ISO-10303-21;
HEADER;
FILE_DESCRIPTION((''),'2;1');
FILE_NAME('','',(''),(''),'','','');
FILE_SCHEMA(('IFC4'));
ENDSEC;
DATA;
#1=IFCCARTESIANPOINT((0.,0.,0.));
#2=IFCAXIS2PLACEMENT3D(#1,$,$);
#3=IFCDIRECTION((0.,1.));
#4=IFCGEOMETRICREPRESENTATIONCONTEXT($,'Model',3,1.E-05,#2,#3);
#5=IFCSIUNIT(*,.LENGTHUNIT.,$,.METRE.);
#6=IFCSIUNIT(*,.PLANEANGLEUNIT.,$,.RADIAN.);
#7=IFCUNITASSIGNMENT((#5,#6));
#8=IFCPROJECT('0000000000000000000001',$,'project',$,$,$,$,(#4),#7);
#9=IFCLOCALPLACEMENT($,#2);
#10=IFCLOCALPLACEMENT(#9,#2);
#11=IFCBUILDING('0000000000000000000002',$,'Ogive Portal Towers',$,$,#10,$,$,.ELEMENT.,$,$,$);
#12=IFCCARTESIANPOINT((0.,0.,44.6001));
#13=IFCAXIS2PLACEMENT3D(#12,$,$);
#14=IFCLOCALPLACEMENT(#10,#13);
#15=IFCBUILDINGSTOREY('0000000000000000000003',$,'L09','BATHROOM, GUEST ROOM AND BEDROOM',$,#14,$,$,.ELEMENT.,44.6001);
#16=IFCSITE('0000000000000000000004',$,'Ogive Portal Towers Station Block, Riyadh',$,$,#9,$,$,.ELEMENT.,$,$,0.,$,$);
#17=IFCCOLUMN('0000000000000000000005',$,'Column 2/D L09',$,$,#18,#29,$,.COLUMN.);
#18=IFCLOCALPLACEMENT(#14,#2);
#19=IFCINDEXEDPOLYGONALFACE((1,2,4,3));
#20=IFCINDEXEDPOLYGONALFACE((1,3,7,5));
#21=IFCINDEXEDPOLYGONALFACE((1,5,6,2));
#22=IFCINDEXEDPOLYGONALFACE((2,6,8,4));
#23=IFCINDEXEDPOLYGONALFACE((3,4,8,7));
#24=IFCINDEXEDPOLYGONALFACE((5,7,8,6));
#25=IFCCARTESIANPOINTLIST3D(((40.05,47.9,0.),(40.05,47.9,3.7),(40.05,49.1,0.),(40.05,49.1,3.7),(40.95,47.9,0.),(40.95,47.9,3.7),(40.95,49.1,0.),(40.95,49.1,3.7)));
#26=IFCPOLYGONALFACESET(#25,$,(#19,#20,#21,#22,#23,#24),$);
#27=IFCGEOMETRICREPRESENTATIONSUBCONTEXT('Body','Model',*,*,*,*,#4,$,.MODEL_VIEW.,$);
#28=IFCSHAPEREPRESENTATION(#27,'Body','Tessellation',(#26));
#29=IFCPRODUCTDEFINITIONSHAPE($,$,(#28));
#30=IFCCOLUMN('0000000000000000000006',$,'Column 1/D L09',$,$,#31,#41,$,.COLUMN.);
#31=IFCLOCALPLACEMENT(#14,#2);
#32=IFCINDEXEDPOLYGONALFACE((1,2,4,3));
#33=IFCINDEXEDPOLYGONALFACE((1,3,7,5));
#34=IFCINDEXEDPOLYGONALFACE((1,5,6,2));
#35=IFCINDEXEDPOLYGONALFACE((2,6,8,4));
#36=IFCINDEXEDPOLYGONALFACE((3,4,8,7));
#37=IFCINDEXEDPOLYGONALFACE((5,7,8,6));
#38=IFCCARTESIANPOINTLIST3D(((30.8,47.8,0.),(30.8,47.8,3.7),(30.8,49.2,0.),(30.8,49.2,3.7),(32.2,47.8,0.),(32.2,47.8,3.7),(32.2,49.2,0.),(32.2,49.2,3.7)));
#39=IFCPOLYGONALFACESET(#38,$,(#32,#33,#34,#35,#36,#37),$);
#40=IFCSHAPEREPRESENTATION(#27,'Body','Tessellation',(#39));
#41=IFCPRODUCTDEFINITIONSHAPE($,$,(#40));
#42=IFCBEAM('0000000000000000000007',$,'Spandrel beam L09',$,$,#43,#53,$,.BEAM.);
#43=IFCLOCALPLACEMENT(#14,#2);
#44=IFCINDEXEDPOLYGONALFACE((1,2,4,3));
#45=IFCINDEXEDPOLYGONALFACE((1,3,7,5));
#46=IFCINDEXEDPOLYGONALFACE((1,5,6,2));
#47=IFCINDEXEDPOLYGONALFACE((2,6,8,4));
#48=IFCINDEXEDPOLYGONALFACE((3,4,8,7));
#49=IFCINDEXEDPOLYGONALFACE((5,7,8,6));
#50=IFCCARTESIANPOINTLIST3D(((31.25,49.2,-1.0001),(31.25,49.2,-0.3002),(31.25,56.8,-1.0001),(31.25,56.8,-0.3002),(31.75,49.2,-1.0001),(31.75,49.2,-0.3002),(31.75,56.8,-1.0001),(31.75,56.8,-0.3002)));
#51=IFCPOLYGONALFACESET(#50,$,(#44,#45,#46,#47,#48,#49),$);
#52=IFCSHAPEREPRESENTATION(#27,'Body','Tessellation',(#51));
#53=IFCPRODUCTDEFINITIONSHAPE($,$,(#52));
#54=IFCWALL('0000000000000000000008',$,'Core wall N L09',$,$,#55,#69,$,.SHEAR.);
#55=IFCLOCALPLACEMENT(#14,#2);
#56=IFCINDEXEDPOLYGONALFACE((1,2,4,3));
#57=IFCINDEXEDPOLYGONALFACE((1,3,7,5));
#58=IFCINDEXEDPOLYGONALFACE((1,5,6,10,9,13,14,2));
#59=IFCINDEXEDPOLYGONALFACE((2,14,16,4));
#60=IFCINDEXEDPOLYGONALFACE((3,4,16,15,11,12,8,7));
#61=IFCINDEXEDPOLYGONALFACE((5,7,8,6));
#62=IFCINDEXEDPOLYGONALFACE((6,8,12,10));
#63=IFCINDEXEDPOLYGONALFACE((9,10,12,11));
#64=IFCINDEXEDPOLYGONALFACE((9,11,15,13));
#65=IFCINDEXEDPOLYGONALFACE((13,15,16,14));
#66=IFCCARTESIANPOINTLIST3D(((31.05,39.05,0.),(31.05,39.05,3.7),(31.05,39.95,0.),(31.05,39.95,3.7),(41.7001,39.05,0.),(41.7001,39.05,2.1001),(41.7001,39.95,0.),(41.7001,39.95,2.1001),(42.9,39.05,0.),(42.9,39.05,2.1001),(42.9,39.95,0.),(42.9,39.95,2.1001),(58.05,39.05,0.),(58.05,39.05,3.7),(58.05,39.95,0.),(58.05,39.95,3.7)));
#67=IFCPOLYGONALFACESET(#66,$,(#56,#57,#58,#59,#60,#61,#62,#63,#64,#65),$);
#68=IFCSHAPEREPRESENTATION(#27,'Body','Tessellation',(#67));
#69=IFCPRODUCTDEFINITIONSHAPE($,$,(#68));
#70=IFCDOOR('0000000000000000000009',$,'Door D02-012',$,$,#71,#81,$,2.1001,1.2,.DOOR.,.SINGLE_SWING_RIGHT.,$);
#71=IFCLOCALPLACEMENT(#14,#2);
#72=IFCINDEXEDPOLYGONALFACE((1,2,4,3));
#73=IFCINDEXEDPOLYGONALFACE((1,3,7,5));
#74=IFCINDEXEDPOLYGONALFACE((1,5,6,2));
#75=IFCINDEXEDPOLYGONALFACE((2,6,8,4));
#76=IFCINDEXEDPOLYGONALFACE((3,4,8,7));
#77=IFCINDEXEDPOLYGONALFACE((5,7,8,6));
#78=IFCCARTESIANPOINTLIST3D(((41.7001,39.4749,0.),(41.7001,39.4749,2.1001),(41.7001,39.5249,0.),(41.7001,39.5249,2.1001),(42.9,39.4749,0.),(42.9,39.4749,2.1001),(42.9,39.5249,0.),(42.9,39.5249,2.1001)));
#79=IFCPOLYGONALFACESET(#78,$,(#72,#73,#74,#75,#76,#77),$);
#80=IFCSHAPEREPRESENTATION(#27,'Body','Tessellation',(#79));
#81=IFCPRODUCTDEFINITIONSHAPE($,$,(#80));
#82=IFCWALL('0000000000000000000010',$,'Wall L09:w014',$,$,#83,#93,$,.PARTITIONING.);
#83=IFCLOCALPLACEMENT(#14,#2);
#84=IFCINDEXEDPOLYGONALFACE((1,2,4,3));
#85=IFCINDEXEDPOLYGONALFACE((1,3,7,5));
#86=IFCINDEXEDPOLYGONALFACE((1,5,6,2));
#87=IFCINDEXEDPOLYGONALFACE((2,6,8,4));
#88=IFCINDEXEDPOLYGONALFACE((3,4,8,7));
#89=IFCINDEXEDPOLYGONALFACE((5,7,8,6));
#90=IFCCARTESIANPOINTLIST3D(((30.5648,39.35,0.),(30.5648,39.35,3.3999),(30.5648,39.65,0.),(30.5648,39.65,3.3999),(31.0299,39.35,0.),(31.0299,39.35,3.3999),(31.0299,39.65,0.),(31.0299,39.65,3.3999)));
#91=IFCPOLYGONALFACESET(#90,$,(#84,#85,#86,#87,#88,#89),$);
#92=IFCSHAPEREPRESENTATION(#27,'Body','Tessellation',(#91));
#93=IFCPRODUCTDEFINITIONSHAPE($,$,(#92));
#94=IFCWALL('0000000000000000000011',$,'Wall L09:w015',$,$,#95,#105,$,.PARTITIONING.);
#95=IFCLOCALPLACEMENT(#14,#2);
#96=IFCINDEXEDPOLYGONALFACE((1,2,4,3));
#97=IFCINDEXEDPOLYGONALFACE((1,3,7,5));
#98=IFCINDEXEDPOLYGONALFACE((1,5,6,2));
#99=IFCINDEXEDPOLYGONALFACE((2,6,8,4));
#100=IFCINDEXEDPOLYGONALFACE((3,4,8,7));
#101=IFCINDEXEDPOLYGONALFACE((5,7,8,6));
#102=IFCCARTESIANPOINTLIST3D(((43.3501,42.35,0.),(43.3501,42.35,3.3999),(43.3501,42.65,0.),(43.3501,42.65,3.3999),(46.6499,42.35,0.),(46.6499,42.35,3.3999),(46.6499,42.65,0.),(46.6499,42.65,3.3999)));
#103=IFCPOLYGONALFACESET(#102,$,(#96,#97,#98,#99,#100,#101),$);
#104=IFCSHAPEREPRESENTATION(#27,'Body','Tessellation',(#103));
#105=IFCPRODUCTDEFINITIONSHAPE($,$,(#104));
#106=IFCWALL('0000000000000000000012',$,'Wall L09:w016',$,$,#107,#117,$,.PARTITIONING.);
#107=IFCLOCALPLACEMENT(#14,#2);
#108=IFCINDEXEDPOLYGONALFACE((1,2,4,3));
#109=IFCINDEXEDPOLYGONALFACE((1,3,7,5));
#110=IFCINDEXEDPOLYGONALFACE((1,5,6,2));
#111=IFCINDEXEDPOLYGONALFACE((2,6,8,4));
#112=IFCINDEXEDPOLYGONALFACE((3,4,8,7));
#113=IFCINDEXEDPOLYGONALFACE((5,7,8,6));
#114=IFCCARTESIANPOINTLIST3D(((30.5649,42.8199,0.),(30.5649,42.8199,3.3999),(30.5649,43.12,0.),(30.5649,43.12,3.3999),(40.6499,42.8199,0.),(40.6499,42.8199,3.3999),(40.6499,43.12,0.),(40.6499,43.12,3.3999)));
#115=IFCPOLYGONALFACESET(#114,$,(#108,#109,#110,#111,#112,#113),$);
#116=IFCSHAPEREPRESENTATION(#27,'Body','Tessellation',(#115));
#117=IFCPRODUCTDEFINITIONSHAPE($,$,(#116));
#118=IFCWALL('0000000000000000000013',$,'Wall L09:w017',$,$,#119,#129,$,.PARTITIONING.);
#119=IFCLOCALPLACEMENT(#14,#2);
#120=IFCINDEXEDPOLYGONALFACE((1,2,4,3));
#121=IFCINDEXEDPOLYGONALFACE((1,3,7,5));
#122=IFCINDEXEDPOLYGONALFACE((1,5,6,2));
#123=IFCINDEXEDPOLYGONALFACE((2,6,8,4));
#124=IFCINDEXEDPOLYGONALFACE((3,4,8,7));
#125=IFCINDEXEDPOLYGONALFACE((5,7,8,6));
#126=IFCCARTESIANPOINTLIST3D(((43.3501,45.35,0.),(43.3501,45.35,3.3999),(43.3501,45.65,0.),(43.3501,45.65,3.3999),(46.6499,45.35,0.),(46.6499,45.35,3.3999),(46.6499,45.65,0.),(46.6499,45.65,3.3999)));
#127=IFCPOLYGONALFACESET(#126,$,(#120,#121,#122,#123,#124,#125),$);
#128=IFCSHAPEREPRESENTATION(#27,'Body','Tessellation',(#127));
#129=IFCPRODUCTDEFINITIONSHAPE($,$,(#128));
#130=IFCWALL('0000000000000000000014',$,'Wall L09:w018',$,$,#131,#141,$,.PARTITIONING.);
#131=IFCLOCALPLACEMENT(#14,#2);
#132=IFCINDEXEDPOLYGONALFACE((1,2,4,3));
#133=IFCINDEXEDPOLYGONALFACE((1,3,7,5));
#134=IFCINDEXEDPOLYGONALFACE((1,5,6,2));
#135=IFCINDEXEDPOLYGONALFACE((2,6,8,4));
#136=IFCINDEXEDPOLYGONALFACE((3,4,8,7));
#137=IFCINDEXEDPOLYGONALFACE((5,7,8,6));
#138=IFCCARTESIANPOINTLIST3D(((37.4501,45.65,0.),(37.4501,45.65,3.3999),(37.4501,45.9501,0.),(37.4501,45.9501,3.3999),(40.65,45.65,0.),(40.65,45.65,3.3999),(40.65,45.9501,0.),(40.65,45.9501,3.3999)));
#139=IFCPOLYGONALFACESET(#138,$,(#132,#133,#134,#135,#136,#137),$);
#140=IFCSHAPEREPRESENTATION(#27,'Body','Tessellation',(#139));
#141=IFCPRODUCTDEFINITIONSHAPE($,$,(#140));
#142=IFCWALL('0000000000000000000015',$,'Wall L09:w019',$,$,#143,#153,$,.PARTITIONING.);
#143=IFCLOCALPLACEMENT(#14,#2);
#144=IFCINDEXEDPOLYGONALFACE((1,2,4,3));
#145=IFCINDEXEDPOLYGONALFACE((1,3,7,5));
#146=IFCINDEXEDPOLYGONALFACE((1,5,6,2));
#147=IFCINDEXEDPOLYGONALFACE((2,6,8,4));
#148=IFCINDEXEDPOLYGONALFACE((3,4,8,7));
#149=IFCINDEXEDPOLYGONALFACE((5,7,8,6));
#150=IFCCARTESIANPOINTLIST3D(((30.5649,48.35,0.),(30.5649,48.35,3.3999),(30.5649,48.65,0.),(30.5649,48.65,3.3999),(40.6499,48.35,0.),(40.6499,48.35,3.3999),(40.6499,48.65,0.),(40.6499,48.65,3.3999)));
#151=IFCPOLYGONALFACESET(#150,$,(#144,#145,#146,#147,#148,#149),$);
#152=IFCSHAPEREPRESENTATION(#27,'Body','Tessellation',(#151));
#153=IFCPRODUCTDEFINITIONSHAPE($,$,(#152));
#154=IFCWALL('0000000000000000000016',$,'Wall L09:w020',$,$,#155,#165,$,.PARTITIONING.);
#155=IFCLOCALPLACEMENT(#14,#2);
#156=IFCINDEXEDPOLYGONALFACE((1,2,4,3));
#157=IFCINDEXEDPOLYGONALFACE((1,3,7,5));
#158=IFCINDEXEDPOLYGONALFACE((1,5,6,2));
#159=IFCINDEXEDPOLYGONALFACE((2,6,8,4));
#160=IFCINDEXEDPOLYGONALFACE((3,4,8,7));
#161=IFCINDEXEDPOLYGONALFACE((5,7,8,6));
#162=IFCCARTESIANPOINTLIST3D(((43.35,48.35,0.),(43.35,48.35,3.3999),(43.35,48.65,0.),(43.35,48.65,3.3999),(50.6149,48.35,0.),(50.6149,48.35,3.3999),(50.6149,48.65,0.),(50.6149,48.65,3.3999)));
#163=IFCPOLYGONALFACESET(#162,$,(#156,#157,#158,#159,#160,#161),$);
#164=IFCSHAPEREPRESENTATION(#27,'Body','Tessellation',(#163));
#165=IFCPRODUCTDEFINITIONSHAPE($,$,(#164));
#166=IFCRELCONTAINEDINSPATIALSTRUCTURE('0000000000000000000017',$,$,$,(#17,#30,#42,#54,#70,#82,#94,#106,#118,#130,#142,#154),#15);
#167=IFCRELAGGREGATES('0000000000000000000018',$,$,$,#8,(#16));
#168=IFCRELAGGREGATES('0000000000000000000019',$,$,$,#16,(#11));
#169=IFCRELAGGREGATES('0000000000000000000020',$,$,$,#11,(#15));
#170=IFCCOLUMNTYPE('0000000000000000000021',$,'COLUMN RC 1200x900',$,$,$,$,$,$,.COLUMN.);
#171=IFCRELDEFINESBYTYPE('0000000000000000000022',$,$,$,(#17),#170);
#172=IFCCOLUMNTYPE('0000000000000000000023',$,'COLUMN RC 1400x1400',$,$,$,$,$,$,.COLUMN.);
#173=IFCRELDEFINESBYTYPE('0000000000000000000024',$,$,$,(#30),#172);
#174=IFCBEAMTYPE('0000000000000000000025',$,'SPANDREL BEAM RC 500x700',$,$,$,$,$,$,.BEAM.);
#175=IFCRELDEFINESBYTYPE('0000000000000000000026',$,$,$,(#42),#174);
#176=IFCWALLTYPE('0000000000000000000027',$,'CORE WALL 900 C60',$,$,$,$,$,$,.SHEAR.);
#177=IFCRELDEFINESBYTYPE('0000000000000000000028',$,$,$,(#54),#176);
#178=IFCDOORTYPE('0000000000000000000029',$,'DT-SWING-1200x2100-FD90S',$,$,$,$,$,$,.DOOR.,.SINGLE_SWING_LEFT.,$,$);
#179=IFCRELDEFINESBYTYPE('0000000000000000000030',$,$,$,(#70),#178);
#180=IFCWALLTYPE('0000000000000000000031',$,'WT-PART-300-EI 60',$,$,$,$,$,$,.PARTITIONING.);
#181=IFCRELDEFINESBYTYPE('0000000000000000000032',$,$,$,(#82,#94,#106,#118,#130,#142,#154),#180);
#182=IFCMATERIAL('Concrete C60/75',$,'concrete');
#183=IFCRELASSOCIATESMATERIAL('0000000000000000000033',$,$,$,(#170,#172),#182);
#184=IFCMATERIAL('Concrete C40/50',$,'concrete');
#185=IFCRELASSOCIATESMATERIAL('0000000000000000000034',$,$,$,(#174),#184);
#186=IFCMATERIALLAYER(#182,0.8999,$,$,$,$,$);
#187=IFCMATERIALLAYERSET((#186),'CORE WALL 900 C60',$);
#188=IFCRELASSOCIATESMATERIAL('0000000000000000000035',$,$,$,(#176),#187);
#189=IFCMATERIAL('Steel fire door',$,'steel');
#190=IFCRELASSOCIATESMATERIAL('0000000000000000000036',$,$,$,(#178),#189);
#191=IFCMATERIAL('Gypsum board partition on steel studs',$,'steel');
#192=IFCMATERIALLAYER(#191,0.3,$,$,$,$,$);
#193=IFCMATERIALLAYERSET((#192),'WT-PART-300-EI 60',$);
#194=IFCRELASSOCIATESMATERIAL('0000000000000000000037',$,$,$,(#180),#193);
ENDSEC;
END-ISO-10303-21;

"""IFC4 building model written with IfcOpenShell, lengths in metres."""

from ifc_helpers import new_model, si_unit, direction, frame, frame_2d, origin, origin_2d, place, context, subcontext, project, spatial, rectangle, extrude, material, layer, layer_set, material_profile, profile_set, type_object, element, fill, save


model = new_model("IFC4")

# Units and contexts
model_context = context("Model", 3, precision=1e-05, world=origin(), true_north=direction((0.0, 1.0)))
body_context = subcontext(model_context, "Body", "Model", "MODEL_VIEW")
ifc_project = project(units=[si_unit("LENGTHUNIT", "METRE"), si_unit("PLANEANGLEUNIT", "RADIAN")], contexts=[model_context])

# Site, building, storey
site_placement = place(None, origin())
site = spatial("IfcSite", under=ifc_project, at=site_placement, Name="Ogive Portal Towers Station Block, Riyadh", CompositionType="ELEMENT", RefElevation=0.0)
building_placement = place(site_placement, origin())
building = spatial("IfcBuilding", under=site, at=building_placement, Name="Ogive Portal Towers", CompositionType="ELEMENT")
storey_placement = place(building_placement, frame((0.0, 0.0, 44.6001)))
storey = spatial("IfcBuildingStorey", under=building, at=storey_placement, Name="L09", Description="BATHROOM, GUEST ROOM AND BEDROOM", CompositionType="ELEMENT", Elevation=44.6001)

# Columns
ifc_material_1 = material(Name="Concrete C60/75", Category="concrete")
ifc_material_profile_1 = material_profile(ifc_material_1, rectangle(XDim=1.2, YDim=0.8999, at=origin_2d()), Name="RC 1200x900")
ifc_profile_set_1 = profile_set([ifc_material_profile_1], Name="Concrete C60/75")
column_type_1 = type_object("IfcColumnType", Name="COLUMN RC 1200x900", PredefinedType="COLUMN", material=ifc_profile_set_1)
column_1_placement = place(storey_placement, frame((40.5, 48.5, 0.0), z_axis=(0.0, 0.0, 1.0), x_axis=(0.0, 1.0, 0.0)))
element("IfcColumn", 1, at=column_1_placement, inside=storey, type_object=column_type_1, Name="Column 2/D L09", PredefinedType="COLUMN", context=body_context, shape_type="SweptSolid", body=[
    extrude(rectangle(XDim=1.2, YDim=0.8999, at=origin_2d()), origin(), (0.0, 0.0, 1.0), 3.7),
])
ifc_material_profile_2 = material_profile(ifc_material_1, rectangle(XDim=1.3999, YDim=1.3999, at=origin_2d()), Name="RC 1400x1400")
ifc_profile_set_2 = profile_set([ifc_material_profile_2], Name="Concrete C60/75")
column_type_2 = type_object("IfcColumnType", Name="COLUMN RC 1400x1400", PredefinedType="COLUMN", material=ifc_profile_set_2)
column_2_placement = place(storey_placement, frame((31.5, 48.5, 0.0), z_axis=(0.0, 0.0, 1.0), x_axis=(1.0, 0.0, 0.0)))
element("IfcColumn", 2, at=column_2_placement, inside=storey, type_object=column_type_2, Name="Column 1/D L09", PredefinedType="COLUMN", context=body_context, shape_type="SweptSolid", body=[
    extrude(rectangle(XDim=1.3999, YDim=1.3999, at=origin_2d()), origin(), (0.0, 0.0, 1.0), 3.7),
])

# Beam
ifc_material_2 = material(Name="Concrete C40/50", Category="concrete")
ifc_material_profile_3 = material_profile(ifc_material_2, rectangle(XDim=0.5, YDim=0.7, at=origin_2d()), Name="RC 500x700")
ifc_profile_set_3 = profile_set([ifc_material_profile_3], Name="Concrete C40/50")
beam_type = type_object("IfcBeamType", Name="SPANDREL BEAM RC 500x700", PredefinedType="BEAM", material=ifc_profile_set_3)
beam_placement = place(storey_placement, frame((31.5, 49.2, -0.6501), z_axis=(0.0, 1.0, 0.0), x_axis=(-1.0, 0.0, 0.0)))
element("IfcBeam", 3, at=beam_placement, inside=storey, type_object=beam_type, Name="Spandrel beam L09", PredefinedType="BEAM", context=body_context, shape_type="SweptSolid", body=[
    extrude(rectangle(XDim=0.5, YDim=0.7, at=origin_2d()), origin(), (0.0, 0.0, 1.0), 7.6001),
])

# Wall, opening, door
ifc_layer_1 = layer(ifc_material_1, 0.8999)
ifc_layer_set_1 = layer_set([ifc_layer_1], Name="CORE WALL 900 C60")
wall_type_1 = type_object("IfcWallType", Name="CORE WALL 900 C60", PredefinedType="SHEAR", material=ifc_layer_set_1)
wall_1_placement = place(storey_placement, frame((31.05, 39.5, 0.0), z_axis=(0.0, 0.0, 1.0), x_axis=(1.0, 0.0, 0.0)))
wall_1 = element("IfcWall", 4, at=wall_1_placement, inside=storey, type_object=wall_type_1, Name="Core wall N L09", PredefinedType="SHEAR", context=body_context, shape_type="SweptSolid", body=[
    extrude(rectangle(XDim=27.0, YDim=0.8999, at=frame_2d((13.5, 0.0))), origin(), (0.0, 0.0, 1.0), 3.7),
])
opening_1_placement = place(wall_1_placement, frame((10.6499, 0.0, 0.0)))
opening_1 = element("IfcOpeningElement", 5, at=opening_1_placement, cuts=wall_1, PredefinedType="OPENING", context=body_context, shape_type="SweptSolid", body=[
    extrude(rectangle(XDim=1.2, YDim=2.1001, at=frame_2d((0.6001, 1.05))), frame((0.0, 0.46, 0.0), z_axis=(0.0, -1.0, 0.0), x_axis=(1.0, 0.0, 0.0)), (0.0, 0.0, 1.0), 0.9199),
])
ifc_material_3 = material(Name="Steel fire door", Category="steel")
door_type_1 = type_object("IfcDoorType", Name="DT-SWING-1200x2100-FD90S", OperationType="SINGLE_SWING_LEFT", PredefinedType="DOOR", material=ifc_material_3)
door_1_placement = place(opening_1_placement, origin())
door_1 = element("IfcDoor", 6, at=door_1_placement, inside=storey, type_object=door_type_1, Name="Door D02-012", OperationType="SINGLE_SWING_RIGHT", OverallHeight=2.1001, OverallWidth=1.2, PredefinedType="DOOR", context=body_context, shape_type="SweptSolid", body=[
    extrude(rectangle(XDim=1.2, YDim=2.1001, at=frame_2d((0.6001, 1.05))), frame((0.0, 0.0249, 0.0), z_axis=(0.0, -1.0, 0.0), x_axis=(1.0, 0.0, 0.0)), (0.0, 0.0, 1.0), 0.05),
])
fill(opening_1, door_1)

# Walls
ifc_material_4 = material(Name="Gypsum board partition on steel studs", Category="steel")
ifc_layer_2 = layer(ifc_material_4, 0.3)
ifc_layer_set_2 = layer_set([ifc_layer_2], Name="WT-PART-300-EI 60")
wall_type_2 = type_object("IfcWallType", Name="WT-PART-300-EI 60", PredefinedType="PARTITIONING", material=ifc_layer_set_2)
wall_2_placement = place(storey_placement, frame((30.5649, 39.5, 0.0), z_axis=(0.0, 0.0, 1.0), x_axis=(1.0, 0.0, 0.0)))
element("IfcWall", 7, at=wall_2_placement, inside=storey, type_object=wall_type_2, Name="Wall L09:w014", PredefinedType="PARTITIONING", context=body_context, shape_type="SweptSolid", body=[
    extrude(rectangle(XDim=0.4651, YDim=0.3, at=frame_2d((0.2324, 0.0))), origin(), (0.0, 0.0, 1.0), 3.3999),
])
wall_3_placement = place(storey_placement, frame((43.3501, 42.5, 0.0), z_axis=(0.0, 0.0, 1.0), x_axis=(1.0, 0.0, 0.0)))
element("IfcWall", 8, at=wall_3_placement, inside=storey, type_object=wall_type_2, Name="Wall L09:w015", PredefinedType="PARTITIONING", context=body_context, shape_type="SweptSolid", body=[
    extrude(rectangle(XDim=3.2998, YDim=0.3, at=frame_2d((1.6499, 0.0))), origin(), (0.0, 0.0, 1.0), 3.3999),
])
wall_4_placement = place(storey_placement, frame((30.5649, 42.97, 0.0), z_axis=(0.0, 0.0, 1.0), x_axis=(1.0, 0.0, 0.0)))
element("IfcWall", 9, at=wall_4_placement, inside=storey, type_object=wall_type_2, Name="Wall L09:w016", PredefinedType="PARTITIONING", context=body_context, shape_type="SweptSolid", body=[
    extrude(rectangle(XDim=10.085, YDim=0.3, at=frame_2d((5.0425, 0.0))), origin(), (0.0, 0.0, 1.0), 3.3999),
])
wall_5_placement = place(storey_placement, frame((43.3501, 45.5, 0.0), z_axis=(0.0, 0.0, 1.0), x_axis=(1.0, 0.0, 0.0)))
element("IfcWall", 10, at=wall_5_placement, inside=storey, type_object=wall_type_2, Name="Wall L09:w017", PredefinedType="PARTITIONING", context=body_context, shape_type="SweptSolid", body=[
    extrude(rectangle(XDim=3.2998, YDim=0.3, at=frame_2d((1.6499, 0.0))), origin(), (0.0, 0.0, 1.0), 3.3999),
])
wall_6_placement = place(storey_placement, frame((37.45, 45.8, 0.0), z_axis=(0.0, 0.0, 1.0), x_axis=(1.0, 0.0, 0.0)))
element("IfcWall", 11, at=wall_6_placement, inside=storey, type_object=wall_type_2, Name="Wall L09:w018", PredefinedType="PARTITIONING", context=body_context, shape_type="SweptSolid", body=[
    extrude(rectangle(XDim=3.2, YDim=0.3, at=frame_2d((1.6001, 0.0))), origin(), (0.0, 0.0, 1.0), 3.3999),
])
wall_7_placement = place(storey_placement, frame((30.5649, 48.5, 0.0), z_axis=(0.0, 0.0, 1.0), x_axis=(1.0, 0.0, 0.0)))
element("IfcWall", 12, at=wall_7_placement, inside=storey, type_object=wall_type_2, Name="Wall L09:w019", PredefinedType="PARTITIONING", context=body_context, shape_type="SweptSolid", body=[
    extrude(rectangle(XDim=10.085, YDim=0.3, at=frame_2d((5.0425, 0.0))), origin(), (0.0, 0.0, 1.0), 3.3999),
])
wall_8_placement = place(storey_placement, frame((43.3501, 48.5, 0.0), z_axis=(0.0, 0.0, 1.0), x_axis=(1.0, 0.0, 0.0)))
element("IfcWall", 13, at=wall_8_placement, inside=storey, type_object=wall_type_2, Name="Wall L09:w020", PredefinedType="PARTITIONING", context=body_context, shape_type="SweptSolid", body=[
    extrude(rectangle(XDim=7.2649, YDim=0.3, at=frame_2d((3.6323, 0.0))), origin(), (0.0, 0.0, 1.0), 3.3999),
])

save(model, "model.ifc")
